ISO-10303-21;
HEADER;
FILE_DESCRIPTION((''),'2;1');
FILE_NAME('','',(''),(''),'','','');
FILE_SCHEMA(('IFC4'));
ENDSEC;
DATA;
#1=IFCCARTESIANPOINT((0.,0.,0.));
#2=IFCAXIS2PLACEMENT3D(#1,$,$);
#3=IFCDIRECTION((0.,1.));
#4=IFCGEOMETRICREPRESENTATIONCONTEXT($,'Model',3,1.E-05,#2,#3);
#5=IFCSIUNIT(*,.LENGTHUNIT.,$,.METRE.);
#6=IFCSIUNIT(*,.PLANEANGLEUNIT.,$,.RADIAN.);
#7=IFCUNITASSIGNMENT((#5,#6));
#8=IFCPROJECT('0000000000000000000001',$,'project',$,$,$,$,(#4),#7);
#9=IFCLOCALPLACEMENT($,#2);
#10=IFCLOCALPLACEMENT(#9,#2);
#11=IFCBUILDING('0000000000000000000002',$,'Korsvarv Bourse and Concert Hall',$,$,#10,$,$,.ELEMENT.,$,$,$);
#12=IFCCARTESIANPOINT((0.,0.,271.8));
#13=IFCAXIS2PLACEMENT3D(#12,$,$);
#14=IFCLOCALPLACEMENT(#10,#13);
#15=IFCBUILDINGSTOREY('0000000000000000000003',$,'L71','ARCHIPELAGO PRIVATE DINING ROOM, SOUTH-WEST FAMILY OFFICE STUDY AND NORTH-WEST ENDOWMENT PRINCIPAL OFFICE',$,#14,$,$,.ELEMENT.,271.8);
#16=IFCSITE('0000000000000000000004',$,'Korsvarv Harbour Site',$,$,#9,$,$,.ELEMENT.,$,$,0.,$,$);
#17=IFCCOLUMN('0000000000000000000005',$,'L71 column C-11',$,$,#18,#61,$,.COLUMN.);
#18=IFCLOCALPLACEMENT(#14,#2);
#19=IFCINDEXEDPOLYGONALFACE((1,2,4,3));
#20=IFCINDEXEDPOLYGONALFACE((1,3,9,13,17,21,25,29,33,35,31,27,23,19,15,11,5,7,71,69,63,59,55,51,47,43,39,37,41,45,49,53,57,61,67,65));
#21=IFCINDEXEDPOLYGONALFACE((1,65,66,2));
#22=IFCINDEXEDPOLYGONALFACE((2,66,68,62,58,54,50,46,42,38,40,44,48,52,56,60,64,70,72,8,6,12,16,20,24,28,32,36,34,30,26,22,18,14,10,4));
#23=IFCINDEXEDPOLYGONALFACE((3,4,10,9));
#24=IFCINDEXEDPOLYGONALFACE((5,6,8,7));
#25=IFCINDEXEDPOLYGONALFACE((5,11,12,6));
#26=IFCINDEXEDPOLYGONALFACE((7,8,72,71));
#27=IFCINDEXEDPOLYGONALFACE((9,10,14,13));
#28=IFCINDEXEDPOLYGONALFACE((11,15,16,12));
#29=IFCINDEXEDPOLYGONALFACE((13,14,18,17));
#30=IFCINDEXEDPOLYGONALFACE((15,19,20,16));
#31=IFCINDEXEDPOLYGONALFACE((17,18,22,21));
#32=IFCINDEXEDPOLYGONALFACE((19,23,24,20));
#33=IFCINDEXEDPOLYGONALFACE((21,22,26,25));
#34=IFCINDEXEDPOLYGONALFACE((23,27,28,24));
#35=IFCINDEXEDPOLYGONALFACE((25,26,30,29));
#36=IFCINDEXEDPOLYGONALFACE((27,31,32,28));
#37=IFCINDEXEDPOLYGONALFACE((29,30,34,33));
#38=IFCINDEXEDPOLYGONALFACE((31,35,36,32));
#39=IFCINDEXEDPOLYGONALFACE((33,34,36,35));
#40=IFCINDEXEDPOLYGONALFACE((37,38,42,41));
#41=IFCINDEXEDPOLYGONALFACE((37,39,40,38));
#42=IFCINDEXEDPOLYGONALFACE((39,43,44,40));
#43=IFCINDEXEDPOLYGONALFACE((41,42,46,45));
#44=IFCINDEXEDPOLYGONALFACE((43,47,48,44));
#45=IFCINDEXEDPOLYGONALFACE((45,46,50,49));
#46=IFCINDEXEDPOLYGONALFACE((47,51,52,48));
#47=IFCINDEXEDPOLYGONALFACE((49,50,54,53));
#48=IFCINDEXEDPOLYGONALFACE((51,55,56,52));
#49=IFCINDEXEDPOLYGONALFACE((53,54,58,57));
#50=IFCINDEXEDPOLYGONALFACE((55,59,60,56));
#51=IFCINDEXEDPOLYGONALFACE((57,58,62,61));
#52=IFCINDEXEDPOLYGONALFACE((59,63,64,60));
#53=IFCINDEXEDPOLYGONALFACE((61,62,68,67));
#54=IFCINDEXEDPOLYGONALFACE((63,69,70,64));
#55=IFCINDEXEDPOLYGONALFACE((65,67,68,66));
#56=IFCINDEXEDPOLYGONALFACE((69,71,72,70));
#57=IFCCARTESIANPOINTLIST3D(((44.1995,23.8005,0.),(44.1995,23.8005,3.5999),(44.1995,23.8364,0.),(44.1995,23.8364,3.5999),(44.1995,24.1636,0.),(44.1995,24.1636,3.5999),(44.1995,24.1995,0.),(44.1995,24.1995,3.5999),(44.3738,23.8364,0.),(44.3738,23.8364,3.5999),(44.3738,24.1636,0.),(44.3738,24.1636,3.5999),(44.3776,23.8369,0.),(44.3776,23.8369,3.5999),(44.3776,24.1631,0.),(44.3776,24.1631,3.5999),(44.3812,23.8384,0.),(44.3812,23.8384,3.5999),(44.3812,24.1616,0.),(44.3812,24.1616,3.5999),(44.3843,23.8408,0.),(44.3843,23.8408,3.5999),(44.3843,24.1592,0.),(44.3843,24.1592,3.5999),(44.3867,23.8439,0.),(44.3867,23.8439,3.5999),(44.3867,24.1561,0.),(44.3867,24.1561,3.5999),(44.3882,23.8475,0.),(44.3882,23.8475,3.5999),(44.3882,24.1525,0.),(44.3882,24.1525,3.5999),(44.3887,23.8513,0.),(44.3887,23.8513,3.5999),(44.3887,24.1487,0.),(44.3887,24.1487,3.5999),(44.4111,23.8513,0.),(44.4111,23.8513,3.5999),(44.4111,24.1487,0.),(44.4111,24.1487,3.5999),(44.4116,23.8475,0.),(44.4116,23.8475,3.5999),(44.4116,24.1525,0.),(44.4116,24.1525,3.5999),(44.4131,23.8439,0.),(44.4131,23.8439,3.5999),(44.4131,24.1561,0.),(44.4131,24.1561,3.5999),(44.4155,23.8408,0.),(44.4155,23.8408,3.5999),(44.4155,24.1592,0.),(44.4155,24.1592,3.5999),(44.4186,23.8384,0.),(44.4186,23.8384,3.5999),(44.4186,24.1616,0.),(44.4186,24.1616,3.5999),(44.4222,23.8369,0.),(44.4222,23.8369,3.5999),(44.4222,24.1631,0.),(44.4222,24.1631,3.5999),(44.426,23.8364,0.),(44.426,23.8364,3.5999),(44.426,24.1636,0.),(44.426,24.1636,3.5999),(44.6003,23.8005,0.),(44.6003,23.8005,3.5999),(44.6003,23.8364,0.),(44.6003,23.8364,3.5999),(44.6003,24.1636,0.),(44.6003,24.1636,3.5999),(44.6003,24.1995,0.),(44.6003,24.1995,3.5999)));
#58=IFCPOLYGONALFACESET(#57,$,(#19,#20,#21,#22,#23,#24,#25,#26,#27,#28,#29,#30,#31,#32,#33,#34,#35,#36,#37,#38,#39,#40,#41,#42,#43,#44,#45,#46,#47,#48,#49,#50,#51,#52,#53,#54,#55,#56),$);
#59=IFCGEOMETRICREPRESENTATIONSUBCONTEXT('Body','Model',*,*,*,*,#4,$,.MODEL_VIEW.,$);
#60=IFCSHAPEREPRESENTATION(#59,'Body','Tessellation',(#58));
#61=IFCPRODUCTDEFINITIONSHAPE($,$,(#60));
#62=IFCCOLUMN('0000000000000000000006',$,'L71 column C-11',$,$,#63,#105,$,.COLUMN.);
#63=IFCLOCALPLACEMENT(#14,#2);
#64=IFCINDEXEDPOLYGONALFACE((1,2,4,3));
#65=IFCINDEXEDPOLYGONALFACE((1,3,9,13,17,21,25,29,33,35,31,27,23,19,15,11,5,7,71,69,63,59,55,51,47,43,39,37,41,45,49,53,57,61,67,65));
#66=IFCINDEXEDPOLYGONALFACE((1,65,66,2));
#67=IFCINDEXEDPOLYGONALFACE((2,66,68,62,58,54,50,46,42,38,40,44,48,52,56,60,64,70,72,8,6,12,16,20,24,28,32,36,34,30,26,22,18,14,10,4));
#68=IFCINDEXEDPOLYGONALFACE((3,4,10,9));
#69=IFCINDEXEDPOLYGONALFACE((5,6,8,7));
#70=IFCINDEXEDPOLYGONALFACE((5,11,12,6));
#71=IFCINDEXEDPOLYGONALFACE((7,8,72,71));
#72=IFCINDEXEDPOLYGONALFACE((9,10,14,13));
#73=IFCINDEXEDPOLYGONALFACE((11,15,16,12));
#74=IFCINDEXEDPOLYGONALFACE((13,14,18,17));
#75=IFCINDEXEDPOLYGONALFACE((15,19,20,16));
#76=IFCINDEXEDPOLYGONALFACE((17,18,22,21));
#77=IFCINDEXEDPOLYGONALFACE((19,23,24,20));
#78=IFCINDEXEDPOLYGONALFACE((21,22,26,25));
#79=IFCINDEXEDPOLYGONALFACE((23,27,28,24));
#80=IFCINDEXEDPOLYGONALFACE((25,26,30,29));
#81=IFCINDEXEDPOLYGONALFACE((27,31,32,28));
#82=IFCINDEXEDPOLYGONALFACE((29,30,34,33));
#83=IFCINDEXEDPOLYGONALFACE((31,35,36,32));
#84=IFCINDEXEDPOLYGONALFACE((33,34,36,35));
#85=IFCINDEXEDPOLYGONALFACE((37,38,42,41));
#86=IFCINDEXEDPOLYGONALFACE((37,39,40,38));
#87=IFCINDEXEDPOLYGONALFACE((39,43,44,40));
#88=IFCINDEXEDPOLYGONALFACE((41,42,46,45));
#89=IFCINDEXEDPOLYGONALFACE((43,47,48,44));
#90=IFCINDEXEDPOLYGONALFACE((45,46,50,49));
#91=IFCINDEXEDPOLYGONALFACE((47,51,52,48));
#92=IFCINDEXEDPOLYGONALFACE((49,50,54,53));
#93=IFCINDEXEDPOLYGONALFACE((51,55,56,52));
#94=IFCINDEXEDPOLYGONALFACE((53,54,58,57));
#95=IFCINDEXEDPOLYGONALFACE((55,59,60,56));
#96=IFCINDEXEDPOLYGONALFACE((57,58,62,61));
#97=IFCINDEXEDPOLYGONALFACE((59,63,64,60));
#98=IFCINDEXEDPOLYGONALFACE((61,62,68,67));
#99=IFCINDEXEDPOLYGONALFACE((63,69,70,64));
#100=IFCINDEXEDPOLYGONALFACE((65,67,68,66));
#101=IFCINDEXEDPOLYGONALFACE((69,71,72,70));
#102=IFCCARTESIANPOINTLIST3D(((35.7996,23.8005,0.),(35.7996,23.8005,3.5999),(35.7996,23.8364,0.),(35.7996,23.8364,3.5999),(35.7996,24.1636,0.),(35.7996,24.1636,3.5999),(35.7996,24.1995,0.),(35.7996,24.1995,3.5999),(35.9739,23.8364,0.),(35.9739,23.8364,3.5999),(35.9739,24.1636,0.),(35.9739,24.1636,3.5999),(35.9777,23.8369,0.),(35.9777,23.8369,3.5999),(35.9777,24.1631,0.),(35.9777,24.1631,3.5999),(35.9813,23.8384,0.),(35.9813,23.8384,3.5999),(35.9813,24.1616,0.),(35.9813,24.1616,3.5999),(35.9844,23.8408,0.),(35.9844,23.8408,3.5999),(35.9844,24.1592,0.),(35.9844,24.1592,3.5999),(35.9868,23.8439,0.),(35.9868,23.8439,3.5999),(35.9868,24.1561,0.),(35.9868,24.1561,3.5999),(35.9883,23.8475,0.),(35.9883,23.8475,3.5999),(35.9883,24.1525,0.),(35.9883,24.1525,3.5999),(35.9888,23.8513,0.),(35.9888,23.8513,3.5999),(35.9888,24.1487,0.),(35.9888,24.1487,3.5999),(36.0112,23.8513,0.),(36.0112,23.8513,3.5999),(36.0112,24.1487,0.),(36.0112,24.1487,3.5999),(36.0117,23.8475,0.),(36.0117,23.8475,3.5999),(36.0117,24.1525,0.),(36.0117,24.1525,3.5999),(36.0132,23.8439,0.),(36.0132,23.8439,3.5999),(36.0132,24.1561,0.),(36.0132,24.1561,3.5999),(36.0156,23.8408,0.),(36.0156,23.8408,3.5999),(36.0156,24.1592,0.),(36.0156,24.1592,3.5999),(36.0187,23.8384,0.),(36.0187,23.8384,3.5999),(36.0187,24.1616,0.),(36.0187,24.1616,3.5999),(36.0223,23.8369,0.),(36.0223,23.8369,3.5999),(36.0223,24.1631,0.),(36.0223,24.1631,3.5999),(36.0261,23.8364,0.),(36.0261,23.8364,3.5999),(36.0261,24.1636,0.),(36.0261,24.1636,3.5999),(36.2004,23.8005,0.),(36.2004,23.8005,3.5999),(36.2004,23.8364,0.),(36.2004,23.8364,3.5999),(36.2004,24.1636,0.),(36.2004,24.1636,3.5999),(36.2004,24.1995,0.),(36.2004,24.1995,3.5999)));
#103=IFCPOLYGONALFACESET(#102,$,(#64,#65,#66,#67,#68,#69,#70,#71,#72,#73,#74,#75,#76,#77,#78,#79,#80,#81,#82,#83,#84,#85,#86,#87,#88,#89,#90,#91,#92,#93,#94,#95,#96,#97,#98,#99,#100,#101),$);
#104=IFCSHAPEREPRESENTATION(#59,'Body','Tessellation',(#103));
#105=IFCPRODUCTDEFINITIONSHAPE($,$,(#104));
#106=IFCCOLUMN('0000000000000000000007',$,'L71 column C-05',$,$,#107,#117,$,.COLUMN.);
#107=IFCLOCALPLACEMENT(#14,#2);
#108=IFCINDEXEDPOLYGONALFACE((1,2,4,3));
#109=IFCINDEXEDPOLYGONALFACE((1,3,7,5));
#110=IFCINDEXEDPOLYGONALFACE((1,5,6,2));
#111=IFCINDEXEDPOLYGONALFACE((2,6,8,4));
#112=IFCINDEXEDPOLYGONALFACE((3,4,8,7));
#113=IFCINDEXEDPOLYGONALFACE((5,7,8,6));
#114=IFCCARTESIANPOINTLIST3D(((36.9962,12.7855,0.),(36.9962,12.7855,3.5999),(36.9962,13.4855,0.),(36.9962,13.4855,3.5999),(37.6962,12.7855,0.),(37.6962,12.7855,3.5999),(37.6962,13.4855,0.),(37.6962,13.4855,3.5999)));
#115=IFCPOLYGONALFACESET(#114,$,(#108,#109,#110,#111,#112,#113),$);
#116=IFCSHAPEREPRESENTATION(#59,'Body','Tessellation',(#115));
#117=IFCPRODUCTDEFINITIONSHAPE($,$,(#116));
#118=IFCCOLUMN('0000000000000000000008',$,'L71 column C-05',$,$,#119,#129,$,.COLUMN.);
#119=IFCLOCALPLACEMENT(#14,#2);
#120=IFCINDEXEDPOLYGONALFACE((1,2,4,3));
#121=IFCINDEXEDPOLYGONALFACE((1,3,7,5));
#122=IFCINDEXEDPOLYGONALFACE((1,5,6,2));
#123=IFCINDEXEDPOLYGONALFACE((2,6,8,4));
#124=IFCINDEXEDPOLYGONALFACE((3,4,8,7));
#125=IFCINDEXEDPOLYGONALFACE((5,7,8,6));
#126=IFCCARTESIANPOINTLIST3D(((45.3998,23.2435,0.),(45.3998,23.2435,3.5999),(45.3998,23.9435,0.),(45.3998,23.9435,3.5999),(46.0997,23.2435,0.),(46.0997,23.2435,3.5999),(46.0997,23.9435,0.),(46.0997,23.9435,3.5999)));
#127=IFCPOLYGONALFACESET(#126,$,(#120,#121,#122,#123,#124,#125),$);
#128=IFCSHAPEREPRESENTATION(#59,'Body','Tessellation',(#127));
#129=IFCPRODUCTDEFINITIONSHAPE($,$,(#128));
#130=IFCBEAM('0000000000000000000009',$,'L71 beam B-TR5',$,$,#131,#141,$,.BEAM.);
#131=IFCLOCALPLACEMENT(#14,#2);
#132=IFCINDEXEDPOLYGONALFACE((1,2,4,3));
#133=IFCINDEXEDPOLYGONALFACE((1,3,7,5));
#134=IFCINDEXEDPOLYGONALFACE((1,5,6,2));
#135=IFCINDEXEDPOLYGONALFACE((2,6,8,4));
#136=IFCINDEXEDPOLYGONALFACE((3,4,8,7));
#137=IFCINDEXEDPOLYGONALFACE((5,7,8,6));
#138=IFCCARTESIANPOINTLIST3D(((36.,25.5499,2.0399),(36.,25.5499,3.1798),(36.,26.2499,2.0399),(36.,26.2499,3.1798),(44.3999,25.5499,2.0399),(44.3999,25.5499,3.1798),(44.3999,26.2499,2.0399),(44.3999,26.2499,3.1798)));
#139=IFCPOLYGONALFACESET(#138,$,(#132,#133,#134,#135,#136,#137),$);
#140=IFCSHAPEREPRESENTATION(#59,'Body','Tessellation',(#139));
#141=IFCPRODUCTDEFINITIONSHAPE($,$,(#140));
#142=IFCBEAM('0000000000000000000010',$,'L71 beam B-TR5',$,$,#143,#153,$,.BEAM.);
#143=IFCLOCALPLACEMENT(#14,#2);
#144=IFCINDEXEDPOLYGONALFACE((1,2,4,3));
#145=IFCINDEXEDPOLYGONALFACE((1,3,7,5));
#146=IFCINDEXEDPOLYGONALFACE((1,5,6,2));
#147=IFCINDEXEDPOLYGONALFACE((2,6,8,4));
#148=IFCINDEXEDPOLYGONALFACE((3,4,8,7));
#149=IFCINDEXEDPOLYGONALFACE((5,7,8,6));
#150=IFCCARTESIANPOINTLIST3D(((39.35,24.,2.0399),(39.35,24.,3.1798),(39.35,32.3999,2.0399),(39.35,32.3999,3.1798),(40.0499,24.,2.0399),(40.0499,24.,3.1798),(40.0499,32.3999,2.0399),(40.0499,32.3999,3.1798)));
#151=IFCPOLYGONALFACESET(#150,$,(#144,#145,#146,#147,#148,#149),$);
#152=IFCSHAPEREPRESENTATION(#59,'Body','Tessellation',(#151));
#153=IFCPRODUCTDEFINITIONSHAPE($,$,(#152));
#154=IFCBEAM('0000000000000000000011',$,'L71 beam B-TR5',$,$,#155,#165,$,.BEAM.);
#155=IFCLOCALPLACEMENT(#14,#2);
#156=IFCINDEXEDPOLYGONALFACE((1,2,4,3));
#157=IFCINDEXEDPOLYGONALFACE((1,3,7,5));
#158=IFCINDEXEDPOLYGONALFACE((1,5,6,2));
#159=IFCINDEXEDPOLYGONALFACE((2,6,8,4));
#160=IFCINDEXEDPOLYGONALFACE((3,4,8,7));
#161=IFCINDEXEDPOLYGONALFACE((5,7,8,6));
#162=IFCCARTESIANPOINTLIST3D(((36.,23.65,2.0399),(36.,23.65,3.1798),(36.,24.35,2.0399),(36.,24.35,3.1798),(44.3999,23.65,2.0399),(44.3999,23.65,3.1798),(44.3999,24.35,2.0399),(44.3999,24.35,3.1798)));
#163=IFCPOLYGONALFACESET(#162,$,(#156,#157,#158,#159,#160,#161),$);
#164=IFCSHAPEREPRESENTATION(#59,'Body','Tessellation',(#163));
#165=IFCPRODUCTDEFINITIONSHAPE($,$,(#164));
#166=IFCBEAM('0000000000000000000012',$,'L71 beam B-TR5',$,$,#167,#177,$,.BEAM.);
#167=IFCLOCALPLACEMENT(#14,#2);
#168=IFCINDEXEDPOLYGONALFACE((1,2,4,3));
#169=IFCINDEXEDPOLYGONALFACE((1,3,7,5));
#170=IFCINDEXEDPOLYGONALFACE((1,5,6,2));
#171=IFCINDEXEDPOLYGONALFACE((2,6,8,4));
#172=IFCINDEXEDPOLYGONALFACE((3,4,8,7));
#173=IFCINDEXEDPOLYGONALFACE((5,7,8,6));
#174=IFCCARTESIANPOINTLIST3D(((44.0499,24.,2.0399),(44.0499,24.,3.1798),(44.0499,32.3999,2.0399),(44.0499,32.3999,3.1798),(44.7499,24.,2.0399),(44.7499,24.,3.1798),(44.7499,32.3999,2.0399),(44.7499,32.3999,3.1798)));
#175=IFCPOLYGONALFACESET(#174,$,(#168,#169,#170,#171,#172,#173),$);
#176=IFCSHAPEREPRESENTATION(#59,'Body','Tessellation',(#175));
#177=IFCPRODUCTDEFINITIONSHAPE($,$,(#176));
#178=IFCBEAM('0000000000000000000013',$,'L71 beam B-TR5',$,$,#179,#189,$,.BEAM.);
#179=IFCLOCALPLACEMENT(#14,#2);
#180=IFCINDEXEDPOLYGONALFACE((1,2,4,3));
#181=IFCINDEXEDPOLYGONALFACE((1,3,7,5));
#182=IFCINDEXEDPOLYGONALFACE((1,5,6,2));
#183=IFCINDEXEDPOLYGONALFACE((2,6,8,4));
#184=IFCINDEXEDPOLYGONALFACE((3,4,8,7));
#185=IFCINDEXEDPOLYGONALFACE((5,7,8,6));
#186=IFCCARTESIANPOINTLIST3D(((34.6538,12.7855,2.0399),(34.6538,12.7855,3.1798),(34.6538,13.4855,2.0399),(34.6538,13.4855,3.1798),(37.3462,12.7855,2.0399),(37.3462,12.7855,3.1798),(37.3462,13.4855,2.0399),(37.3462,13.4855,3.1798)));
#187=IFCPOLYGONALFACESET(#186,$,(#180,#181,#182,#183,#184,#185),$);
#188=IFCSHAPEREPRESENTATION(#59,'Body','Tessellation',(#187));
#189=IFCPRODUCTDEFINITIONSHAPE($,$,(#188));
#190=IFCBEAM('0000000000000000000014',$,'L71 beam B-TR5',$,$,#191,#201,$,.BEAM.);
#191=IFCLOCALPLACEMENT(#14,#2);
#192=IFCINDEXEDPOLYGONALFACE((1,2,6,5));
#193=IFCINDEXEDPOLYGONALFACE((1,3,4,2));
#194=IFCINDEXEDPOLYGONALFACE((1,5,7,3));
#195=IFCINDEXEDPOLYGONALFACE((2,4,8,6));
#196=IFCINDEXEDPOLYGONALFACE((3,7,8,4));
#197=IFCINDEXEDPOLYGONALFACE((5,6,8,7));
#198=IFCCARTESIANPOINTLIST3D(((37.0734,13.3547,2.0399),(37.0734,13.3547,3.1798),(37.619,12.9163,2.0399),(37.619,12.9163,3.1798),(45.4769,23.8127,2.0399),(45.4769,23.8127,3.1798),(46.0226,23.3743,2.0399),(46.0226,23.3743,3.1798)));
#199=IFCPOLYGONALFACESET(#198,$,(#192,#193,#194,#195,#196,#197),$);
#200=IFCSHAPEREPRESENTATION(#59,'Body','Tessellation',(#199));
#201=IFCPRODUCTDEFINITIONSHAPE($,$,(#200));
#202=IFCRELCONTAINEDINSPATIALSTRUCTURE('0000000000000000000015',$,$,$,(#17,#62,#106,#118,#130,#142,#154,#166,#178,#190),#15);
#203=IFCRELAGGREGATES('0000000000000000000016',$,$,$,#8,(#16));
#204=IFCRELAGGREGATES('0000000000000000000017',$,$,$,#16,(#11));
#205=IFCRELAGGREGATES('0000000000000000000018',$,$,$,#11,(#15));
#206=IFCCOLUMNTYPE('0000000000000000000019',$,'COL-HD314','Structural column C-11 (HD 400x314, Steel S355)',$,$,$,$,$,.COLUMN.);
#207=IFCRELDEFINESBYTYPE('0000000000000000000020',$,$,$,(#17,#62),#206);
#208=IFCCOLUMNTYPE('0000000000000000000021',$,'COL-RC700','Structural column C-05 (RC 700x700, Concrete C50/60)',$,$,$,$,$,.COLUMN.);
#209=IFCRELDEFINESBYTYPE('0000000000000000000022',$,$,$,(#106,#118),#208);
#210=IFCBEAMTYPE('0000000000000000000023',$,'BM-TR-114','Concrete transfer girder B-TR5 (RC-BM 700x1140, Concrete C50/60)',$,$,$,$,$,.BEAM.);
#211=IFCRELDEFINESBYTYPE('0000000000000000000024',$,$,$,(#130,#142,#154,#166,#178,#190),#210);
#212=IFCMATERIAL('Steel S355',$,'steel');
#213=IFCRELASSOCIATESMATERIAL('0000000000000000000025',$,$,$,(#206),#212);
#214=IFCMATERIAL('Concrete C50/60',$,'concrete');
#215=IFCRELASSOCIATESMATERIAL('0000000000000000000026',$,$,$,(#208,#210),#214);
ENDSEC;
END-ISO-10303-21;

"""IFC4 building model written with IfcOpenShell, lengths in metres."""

from ifc_helpers import new_model, si_unit, direction, frame, origin, origin_2d, place, context, subcontext, project, spatial, rectangle, i_section, extrude, source, transform, mapped, material, material_profile, profile_set, type_object, element, save


model = new_model("IFC4")

# Units and contexts
model_context = context("Model", 3, precision=1e-05, world=origin(), true_north=direction((0.0, 1.0)))
body_context = subcontext(model_context, "Body", "Model", "MODEL_VIEW")
ifc_project = project(units=[si_unit("LENGTHUNIT", "METRE"), si_unit("PLANEANGLEUNIT", "RADIAN")], contexts=[model_context])

# Site, building, storey
site_placement = place(None, origin())
site = spatial("IfcSite", under=ifc_project, at=site_placement, Name="Korsvarv Harbour Site", CompositionType="ELEMENT", RefElevation=0.0)
building_placement = place(site_placement, origin())
building = spatial("IfcBuilding", under=site, at=building_placement, Name="Korsvarv Bourse and Concert Hall", CompositionType="ELEMENT")
storey_placement = place(building_placement, frame((0.0, 0.0, 271.8)))
storey = spatial("IfcBuildingStorey", under=building, at=storey_placement, Name="L71", Description="ARCHIPELAGO PRIVATE DINING ROOM, SOUTH-WEST FAMILY OFFICE STUDY AND NORTH-WEST ENDOWMENT PRINCIPAL OFFICE", CompositionType="ELEMENT", Elevation=271.8)

# Columns
ifc_material_1 = material(Name="Steel S355", Category="steel")
ifc_material_profile_1 = material_profile(ifc_material_1, i_section(OverallWidth=0.4009, OverallDepth=0.3989, WebThickness=0.0225, FlangeThickness=0.0359, FilletRadius=0.0149, at=origin_2d()), Name="HD 400x314")
ifc_profile_set_1 = profile_set([ifc_material_profile_1], Name="Steel S355")
column_type_1 = type_object("IfcColumnType", Name="COL-HD314", Description="Structural column C-11 (HD 400x314, Steel S355)", PredefinedType="COLUMN", material=ifc_profile_set_1)
shared_shape_1 = source(origin(), body_context, "Body", "SweptSolid", [
    extrude(i_section(OverallWidth=0.4009, OverallDepth=0.3989, WebThickness=0.0225, FlangeThickness=0.0359, FilletRadius=0.0149, at=origin_2d()), origin(), (0.0, 0.0, 1.0), 3.5999),
])
for number, where, z_axis, x_axis, name in (
    (1, (44.3999, 24.0, 0.0), (0.0, 0.0, 1.0), (1.0, 0.0, 0.0), "L71 column C-11"),
    (2, (36.0, 24.0, 0.0), (0.0, 0.0, 1.0), (1.0, 0.0, 0.0), "L71 column C-11"),
):
    element("IfcColumn", number, at=place(storey_placement, frame(where, z_axis=z_axis, x_axis=x_axis)), inside=storey, type_object=column_type_1, Name=name, PredefinedType="COLUMN", context=body_context, shape_type="MappedRepresentation", body=[
        mapped(shared_shape_1, transform((0.0, 0.0, 0.0), scale=1.0)),
    ])
ifc_material_2 = material(Name="Concrete C50/60", Category="concrete")
ifc_material_profile_2 = material_profile(ifc_material_2, rectangle(XDim=0.7, YDim=0.7, at=origin_2d()), Name="RC 700x700")
ifc_profile_set_2 = profile_set([ifc_material_profile_2], Name="Concrete C50/60")
column_type_2 = type_object("IfcColumnType", Name="COL-RC700", Description="Structural column C-05 (RC 700x700, Concrete C50/60)", PredefinedType="COLUMN", material=ifc_profile_set_2)
shared_shape_2 = source(origin(), body_context, "Body", "SweptSolid", [
    extrude(rectangle(XDim=0.7, YDim=0.7, at=origin_2d()), origin(), (0.0, 0.0, 1.0), 3.5999),
])
for number, where, z_axis, x_axis, name in (
    (3, (37.3462, 13.1355, 0.0), (0.0, 0.0, 1.0), (1.0, 0.0, 0.0), "L71 column C-05"),
    (4, (45.7498, 23.5935, 0.0), (0.0, 0.0, 1.0), (1.0, 0.0, 0.0), "L71 column C-05"),
):
    element("IfcColumn", number, at=place(storey_placement, frame(where, z_axis=z_axis, x_axis=x_axis)), inside=storey, type_object=column_type_2, Name=name, PredefinedType="COLUMN", context=body_context, shape_type="MappedRepresentation", body=[
        mapped(shared_shape_2, transform((0.0, 0.0, 0.0), scale=1.0)),
    ])

# Beams
ifc_material_profile_3 = material_profile(ifc_material_2, rectangle(XDim=0.7, YDim=1.1399, at=origin_2d()), Name="RC-BM 700x1140")
ifc_profile_set_3 = profile_set([ifc_material_profile_3], Name="Concrete C50/60")
beam_type = type_object("IfcBeamType", Name="BM-TR-114", Description="Concrete transfer girder B-TR5 (RC-BM 700x1140, Concrete C50/60)", PredefinedType="BEAM", material=ifc_profile_set_3)
shared_shape_3 = source(origin(), body_context, "Body", "SweptSolid", [
    extrude(rectangle(XDim=0.7, YDim=1.1399, at=origin_2d()), origin(), (0.0, 0.0, 1.0), 8.3999),
])
for number, where, z_axis, x_axis, name in (
    (5, (36.0, 25.8999, 2.6099), (1.0, 0.0, 0.0), (0.0, 1.0, 0.0), "L71 beam B-TR5"),
    (6, (39.7, 24.0, 2.6099), (0.0, 1.0, 0.0), (-1.0, 0.0, 0.0), "L71 beam B-TR5"),
    (7, (36.0, 24.0, 2.6099), (1.0, 0.0, 0.0), (0.0, 1.0, 0.0), "L71 beam B-TR5"),
    (8, (44.3999, 24.0, 2.6099), (0.0, 1.0, 0.0), (-1.0, 0.0, 0.0), "L71 beam B-TR5"),
):
    element("IfcBeam", number, at=place(storey_placement, frame(where, z_axis=z_axis, x_axis=x_axis)), inside=storey, type_object=beam_type, Name=name, PredefinedType="BEAM", context=body_context, shape_type="MappedRepresentation", body=[
        mapped(shared_shape_3, transform((0.0, 0.0, 0.0), scale=1.0)),
    ])
shared_shape_4 = source(origin(), body_context, "Body", "SweptSolid", [
    extrude(rectangle(XDim=0.7, YDim=1.1399, at=origin_2d()), origin(), (0.0, 0.0, 1.0), 2.6924),
])
beam_1_placement = place(storey_placement, frame((34.6538, 13.1355, 2.6099), z_axis=(1.0, 0.0, 0.0), x_axis=(0.0, 1.0, 0.0)))
element("IfcBeam", 9, at=beam_1_placement, inside=storey, type_object=beam_type, Name="L71 beam B-TR5", PredefinedType="BEAM", context=body_context, shape_type="MappedRepresentation", body=[
    mapped(shared_shape_4, transform((0.0, 0.0, 0.0), scale=1.0)),
])
shared_shape_5 = source(origin(), body_context, "Body", "SweptSolid", [
    extrude(rectangle(XDim=0.7, YDim=1.1399, at=origin_2d()), origin(), (0.0, 0.0, 1.0), 13.416),
])
beam_2_placement = place(storey_placement, frame((37.3462, 13.1355, 2.6099), z_axis=(0.626382, 0.779516, 0.0), x_axis=(-0.779516, 0.626382, 0.0)))
element("IfcBeam", 10, at=beam_2_placement, inside=storey, type_object=beam_type, Name="L71 beam B-TR5", PredefinedType="BEAM", context=body_context, shape_type="MappedRepresentation", body=[
    mapped(shared_shape_5, transform((0.0, 0.0, 0.0), scale=1.0)),
])

save(model, "model.ifc")
